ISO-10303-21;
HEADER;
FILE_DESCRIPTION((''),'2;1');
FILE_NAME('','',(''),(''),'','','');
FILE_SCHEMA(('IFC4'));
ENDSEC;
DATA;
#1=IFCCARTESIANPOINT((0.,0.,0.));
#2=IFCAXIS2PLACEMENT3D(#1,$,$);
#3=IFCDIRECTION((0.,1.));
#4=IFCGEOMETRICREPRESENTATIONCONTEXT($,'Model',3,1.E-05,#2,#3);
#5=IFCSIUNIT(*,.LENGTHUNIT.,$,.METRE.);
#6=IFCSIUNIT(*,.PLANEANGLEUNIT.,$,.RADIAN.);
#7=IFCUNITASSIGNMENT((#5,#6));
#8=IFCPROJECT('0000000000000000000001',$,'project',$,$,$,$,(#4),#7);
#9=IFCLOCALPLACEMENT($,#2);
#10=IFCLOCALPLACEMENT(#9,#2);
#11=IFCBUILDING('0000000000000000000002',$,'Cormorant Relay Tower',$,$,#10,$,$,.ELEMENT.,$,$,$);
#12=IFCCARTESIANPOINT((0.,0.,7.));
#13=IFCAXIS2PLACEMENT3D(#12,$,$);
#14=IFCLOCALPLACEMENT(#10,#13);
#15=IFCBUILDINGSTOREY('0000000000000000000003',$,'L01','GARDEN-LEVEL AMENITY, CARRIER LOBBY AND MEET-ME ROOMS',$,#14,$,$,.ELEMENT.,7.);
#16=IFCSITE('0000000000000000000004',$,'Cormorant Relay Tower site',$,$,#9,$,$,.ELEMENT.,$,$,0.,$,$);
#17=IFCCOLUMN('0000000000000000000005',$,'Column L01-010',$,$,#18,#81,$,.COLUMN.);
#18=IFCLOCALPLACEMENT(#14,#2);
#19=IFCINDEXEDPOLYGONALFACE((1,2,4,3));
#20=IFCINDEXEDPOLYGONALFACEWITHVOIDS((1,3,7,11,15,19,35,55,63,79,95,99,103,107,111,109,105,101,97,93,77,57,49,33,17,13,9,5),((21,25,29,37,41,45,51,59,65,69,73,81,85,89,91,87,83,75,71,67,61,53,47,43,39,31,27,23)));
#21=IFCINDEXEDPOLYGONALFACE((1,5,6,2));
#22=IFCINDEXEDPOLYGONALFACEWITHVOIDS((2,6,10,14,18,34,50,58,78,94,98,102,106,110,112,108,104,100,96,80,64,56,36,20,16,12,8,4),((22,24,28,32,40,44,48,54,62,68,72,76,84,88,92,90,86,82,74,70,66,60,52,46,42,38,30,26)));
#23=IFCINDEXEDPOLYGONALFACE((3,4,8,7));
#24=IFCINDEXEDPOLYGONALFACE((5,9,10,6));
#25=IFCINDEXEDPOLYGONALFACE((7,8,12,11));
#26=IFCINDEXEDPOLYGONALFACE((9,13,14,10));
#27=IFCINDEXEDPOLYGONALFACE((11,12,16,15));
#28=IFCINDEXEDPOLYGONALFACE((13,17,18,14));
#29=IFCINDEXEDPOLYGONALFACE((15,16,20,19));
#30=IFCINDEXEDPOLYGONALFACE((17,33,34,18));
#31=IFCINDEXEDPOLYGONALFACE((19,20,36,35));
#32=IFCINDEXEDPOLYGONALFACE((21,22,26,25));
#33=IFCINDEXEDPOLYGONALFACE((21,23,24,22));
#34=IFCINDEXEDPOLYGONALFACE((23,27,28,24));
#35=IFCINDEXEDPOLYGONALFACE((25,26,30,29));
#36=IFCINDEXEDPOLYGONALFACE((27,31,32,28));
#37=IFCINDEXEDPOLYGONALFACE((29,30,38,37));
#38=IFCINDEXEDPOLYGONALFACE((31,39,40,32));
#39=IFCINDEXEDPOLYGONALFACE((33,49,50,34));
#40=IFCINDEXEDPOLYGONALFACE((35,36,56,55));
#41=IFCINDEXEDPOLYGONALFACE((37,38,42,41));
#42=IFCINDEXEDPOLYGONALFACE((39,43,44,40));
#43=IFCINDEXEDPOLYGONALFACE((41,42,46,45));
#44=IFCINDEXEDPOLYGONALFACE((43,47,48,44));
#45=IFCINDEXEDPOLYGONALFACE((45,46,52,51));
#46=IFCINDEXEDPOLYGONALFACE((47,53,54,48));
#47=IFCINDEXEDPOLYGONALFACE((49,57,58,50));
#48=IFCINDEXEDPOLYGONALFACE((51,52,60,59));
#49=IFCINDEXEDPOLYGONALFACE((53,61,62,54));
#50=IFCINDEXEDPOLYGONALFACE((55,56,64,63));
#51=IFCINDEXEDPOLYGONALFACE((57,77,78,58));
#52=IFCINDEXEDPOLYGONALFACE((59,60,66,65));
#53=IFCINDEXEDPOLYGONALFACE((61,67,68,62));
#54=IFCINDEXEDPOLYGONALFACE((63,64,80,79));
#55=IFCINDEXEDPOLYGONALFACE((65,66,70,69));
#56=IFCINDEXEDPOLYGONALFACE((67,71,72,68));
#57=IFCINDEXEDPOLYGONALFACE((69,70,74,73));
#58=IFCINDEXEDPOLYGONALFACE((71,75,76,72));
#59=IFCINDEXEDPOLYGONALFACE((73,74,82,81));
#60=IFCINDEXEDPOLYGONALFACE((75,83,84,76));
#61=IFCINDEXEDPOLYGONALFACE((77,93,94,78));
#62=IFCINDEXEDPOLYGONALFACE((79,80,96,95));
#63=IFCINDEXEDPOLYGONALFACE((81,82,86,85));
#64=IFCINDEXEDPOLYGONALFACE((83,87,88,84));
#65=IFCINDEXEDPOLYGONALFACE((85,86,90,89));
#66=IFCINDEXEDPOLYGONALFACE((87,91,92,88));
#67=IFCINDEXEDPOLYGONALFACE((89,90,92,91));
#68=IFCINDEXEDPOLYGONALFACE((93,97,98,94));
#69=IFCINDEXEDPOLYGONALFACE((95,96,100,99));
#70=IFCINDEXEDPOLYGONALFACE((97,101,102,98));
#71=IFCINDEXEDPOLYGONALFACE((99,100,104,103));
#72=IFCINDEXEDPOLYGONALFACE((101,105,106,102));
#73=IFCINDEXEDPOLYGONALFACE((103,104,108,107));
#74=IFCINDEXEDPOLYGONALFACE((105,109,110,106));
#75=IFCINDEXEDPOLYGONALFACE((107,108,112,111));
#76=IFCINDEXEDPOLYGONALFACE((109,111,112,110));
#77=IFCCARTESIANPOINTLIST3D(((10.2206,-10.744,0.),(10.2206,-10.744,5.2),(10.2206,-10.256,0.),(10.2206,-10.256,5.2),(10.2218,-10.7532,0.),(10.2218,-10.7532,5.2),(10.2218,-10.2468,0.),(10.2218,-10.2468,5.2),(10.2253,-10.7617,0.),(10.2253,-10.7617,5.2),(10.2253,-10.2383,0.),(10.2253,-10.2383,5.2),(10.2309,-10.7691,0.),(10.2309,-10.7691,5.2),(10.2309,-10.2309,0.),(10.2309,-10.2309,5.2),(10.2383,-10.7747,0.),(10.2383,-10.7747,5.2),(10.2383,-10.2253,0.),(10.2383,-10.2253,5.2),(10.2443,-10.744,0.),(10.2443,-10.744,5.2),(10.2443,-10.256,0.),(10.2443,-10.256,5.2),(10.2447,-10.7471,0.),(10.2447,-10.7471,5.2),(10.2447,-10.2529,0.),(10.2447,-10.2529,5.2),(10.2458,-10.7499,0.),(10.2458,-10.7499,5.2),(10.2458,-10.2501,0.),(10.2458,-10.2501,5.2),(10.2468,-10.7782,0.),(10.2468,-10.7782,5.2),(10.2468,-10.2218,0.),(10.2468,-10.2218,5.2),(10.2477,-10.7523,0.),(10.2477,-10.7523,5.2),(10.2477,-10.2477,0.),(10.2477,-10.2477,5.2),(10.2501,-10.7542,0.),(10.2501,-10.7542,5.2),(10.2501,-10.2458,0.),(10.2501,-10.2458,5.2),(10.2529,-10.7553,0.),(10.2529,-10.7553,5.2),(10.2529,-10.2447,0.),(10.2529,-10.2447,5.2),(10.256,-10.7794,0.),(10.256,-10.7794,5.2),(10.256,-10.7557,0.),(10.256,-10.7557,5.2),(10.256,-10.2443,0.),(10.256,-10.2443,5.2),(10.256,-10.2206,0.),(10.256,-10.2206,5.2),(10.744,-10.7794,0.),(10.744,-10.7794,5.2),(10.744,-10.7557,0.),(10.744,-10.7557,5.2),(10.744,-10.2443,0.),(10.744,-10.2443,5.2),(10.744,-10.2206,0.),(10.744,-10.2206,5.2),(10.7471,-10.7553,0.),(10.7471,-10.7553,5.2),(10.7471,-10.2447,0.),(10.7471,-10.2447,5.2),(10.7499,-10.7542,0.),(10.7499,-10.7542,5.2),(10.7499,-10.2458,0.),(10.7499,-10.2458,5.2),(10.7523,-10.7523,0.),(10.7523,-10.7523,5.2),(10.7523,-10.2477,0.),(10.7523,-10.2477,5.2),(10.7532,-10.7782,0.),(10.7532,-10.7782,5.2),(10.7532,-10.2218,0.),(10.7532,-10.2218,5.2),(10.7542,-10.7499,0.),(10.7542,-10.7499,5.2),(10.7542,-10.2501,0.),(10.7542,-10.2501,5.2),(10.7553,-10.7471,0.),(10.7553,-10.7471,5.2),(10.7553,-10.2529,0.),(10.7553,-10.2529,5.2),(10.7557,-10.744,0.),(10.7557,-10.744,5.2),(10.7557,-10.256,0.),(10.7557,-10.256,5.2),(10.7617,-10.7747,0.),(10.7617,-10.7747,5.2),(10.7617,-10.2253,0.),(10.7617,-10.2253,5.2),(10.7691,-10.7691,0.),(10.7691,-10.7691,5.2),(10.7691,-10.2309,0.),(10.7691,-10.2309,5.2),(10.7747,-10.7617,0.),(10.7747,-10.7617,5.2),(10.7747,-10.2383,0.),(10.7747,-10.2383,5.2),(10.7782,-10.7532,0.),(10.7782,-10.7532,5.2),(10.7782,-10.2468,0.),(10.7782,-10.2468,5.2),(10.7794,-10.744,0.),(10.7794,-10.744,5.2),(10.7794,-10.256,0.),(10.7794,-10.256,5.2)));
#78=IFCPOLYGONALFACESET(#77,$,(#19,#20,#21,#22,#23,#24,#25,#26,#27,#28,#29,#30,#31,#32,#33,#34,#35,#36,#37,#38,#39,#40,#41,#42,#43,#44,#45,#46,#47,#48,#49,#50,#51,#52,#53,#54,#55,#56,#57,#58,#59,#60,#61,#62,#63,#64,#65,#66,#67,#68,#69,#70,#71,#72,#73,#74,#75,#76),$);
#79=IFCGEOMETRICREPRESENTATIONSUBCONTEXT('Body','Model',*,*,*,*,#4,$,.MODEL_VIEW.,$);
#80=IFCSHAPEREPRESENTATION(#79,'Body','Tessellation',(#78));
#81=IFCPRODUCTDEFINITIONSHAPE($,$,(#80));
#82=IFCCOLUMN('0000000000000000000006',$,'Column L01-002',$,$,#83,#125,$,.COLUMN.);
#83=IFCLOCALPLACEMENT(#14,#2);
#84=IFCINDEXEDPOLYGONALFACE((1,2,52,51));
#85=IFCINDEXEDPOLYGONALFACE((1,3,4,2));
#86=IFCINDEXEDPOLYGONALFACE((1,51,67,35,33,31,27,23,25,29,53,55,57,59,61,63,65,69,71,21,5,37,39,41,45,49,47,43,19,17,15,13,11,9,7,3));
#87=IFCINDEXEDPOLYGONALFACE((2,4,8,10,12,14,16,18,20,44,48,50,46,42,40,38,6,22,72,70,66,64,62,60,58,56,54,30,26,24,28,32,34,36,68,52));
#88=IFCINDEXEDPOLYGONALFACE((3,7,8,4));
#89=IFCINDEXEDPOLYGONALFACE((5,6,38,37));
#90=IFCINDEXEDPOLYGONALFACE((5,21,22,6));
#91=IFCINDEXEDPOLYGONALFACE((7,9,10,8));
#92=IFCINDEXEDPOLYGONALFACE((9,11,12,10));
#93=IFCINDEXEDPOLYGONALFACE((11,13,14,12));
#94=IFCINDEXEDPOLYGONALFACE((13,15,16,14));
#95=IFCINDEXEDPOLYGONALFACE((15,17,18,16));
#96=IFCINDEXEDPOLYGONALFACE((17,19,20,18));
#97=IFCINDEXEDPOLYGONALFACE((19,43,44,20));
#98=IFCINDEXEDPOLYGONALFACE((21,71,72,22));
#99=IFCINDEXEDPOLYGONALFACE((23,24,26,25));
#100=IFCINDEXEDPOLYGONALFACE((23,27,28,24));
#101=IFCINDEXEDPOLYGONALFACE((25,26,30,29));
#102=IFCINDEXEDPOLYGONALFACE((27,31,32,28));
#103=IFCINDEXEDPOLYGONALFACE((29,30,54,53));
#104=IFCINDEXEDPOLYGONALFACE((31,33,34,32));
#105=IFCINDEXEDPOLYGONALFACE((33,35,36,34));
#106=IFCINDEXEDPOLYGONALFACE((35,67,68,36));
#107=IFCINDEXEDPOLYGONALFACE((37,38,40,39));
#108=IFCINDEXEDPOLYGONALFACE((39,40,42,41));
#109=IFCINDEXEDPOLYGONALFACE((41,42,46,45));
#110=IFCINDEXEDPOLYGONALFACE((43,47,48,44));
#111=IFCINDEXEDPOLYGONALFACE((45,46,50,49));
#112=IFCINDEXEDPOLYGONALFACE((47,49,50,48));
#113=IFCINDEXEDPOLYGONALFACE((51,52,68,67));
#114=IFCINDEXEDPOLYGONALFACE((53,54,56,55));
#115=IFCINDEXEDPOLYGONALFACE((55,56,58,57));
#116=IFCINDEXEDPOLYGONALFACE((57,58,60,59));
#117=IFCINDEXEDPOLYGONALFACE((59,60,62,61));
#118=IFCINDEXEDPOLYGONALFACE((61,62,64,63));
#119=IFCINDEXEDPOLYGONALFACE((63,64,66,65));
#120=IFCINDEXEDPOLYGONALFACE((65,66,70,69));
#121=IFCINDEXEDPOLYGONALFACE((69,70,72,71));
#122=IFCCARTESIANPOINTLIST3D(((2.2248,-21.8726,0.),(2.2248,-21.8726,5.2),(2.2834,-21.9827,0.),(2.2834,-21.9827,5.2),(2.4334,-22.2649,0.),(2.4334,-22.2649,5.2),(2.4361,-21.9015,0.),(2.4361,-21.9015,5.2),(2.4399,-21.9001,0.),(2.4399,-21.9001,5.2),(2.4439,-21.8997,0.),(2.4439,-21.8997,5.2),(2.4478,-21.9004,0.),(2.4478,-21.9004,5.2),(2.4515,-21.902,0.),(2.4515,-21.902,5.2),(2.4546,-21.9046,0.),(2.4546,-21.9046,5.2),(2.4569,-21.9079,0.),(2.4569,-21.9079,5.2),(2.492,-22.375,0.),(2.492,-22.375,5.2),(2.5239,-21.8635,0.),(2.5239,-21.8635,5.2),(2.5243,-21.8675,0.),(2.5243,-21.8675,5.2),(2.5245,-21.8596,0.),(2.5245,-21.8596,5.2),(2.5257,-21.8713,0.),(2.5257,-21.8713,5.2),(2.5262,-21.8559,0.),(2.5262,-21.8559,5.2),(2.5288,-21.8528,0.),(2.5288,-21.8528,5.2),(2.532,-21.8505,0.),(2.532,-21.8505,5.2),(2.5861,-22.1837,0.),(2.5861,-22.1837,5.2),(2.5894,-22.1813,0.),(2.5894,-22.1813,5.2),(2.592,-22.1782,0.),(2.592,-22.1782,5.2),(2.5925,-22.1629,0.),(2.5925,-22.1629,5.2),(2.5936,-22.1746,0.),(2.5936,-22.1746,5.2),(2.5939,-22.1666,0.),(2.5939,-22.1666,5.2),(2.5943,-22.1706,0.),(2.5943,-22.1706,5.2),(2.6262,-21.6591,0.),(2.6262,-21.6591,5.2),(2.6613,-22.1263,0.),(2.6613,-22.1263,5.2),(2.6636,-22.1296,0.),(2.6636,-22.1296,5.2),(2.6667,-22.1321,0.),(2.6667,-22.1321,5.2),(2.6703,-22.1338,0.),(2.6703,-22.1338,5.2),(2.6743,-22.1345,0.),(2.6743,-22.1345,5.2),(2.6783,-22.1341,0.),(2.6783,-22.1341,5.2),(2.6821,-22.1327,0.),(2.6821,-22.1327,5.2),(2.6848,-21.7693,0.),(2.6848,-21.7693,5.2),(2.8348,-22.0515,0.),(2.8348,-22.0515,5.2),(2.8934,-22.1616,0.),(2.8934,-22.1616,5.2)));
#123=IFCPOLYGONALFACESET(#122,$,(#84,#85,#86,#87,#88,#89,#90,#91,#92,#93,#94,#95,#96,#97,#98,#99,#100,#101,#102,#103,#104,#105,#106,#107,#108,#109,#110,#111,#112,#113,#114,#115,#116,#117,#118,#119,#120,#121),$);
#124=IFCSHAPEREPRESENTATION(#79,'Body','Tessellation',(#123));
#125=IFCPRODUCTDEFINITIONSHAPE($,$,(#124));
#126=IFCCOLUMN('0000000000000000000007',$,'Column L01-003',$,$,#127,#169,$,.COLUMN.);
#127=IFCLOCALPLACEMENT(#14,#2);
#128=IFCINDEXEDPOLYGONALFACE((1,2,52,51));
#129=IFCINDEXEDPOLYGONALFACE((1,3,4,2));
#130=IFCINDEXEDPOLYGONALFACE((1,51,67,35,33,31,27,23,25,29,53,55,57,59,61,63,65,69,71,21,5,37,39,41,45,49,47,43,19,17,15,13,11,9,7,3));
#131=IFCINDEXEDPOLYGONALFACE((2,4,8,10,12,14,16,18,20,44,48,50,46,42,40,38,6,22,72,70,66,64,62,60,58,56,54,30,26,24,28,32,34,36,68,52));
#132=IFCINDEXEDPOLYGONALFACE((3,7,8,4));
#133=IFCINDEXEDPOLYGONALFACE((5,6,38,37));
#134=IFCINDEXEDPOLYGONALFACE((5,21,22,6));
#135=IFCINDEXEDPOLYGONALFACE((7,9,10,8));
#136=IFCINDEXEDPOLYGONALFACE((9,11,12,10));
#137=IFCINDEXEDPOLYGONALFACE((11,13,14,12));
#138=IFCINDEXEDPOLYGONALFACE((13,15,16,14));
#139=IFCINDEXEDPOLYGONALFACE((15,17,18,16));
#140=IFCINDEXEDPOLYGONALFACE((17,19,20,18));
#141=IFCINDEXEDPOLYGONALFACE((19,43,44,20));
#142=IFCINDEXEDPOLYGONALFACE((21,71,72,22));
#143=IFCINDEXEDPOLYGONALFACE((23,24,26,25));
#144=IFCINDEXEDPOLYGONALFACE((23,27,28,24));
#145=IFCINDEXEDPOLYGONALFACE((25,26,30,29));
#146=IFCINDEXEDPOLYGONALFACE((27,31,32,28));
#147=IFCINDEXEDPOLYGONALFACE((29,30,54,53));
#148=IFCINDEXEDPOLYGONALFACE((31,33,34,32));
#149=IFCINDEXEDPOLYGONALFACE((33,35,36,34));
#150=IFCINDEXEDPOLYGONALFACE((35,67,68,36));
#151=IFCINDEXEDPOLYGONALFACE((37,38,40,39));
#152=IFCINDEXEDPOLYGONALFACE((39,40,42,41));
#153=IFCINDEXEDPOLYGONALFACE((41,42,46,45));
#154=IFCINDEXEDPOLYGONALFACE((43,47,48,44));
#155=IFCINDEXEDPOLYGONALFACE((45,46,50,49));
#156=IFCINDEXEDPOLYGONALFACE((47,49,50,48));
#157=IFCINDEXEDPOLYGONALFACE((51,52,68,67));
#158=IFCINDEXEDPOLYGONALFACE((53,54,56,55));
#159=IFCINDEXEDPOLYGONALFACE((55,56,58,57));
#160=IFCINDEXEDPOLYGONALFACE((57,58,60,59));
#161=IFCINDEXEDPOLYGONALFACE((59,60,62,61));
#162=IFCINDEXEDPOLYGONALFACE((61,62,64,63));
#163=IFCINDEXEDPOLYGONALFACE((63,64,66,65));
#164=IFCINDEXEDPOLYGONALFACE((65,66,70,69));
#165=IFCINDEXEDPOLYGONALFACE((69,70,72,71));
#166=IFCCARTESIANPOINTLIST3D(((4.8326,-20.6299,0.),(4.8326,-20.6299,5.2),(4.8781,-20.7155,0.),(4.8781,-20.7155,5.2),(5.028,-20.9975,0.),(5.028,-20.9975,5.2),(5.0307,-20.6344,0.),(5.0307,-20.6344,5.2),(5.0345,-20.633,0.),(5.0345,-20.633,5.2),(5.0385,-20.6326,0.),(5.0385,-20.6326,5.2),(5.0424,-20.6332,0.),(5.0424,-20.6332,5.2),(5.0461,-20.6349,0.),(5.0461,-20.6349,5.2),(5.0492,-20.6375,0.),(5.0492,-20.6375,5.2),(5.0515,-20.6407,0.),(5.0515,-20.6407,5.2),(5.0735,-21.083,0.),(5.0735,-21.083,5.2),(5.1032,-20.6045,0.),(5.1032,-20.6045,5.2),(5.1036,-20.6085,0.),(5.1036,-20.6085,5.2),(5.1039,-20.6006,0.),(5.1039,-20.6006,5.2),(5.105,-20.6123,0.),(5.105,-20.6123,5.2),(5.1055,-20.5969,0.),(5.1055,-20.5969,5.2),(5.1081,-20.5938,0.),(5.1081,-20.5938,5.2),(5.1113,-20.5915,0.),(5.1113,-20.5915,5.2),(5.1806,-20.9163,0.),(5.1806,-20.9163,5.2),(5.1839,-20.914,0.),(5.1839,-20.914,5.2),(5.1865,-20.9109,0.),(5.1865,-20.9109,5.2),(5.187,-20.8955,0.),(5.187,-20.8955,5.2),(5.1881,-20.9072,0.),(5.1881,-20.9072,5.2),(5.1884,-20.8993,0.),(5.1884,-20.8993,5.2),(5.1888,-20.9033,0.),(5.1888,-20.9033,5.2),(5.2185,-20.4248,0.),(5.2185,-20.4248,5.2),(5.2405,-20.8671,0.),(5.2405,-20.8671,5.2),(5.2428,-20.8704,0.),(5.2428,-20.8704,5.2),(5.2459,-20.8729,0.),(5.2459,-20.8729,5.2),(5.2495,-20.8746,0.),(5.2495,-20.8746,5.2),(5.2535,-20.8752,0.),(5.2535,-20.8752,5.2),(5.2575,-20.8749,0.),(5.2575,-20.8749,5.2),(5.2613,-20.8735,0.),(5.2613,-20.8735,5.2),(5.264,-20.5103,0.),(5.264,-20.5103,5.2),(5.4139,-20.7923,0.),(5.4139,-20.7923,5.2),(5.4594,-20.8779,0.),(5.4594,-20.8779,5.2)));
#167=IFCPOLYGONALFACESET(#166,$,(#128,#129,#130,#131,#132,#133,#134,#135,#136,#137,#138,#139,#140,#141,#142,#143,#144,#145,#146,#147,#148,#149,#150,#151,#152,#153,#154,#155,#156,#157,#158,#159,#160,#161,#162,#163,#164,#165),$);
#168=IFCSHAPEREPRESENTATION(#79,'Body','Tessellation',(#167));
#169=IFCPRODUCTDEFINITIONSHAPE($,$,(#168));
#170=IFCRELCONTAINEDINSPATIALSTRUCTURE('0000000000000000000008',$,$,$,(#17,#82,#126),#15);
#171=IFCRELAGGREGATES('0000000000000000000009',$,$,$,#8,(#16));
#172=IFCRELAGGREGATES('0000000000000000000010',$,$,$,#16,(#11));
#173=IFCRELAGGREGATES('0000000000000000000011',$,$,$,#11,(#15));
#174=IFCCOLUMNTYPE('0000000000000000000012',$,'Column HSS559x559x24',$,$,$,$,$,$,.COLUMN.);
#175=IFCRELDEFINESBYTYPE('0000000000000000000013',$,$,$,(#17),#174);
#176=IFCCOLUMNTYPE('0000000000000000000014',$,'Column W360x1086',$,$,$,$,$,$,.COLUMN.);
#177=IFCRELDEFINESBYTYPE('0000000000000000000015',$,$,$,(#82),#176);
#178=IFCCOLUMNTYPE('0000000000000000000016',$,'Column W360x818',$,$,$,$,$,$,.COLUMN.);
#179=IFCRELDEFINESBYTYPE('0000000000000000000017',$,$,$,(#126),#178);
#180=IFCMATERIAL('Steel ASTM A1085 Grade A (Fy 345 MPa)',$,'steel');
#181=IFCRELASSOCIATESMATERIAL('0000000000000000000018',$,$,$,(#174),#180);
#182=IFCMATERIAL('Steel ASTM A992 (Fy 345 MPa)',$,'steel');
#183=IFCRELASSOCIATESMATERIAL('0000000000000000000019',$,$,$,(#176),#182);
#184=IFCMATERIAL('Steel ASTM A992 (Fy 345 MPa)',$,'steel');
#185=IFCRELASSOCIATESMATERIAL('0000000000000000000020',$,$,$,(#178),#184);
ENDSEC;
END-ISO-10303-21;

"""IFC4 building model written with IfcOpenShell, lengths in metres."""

from ifc_helpers import new_model, si_unit, direction, frame, origin, origin_2d, place, context, subcontext, project, spatial, hollow_rectangle, i_section, extrude, material, material_profile, profile_set, type_object, element, save


model = new_model("IFC4")

# Units and contexts
model_context = context("Model", 3, precision=1e-05, world=origin(), true_north=direction((0.0, 1.0)))
body_context = subcontext(model_context, "Body", "Model", "MODEL_VIEW")
ifc_project = project(units=[si_unit("LENGTHUNIT", "METRE"), si_unit("PLANEANGLEUNIT", "RADIAN")], contexts=[model_context])

# Site, building, storey
site_placement = place(None, origin())
site = spatial("IfcSite", under=ifc_project, at=site_placement, Name="Cormorant Relay Tower site", CompositionType="ELEMENT", RefElevation=0.0)
building_placement = place(site_placement, origin())
building = spatial("IfcBuilding", under=site, at=building_placement, Name="Cormorant Relay Tower", CompositionType="ELEMENT")
storey_placement = place(building_placement, frame((0.0, 0.0, 7.0)))
storey = spatial("IfcBuildingStorey", under=building, at=storey_placement, Name="L01", Description="GARDEN-LEVEL AMENITY, CARRIER LOBBY AND MEET-ME ROOMS", CompositionType="ELEMENT", Elevation=7.0)

# Columns
ifc_material_1 = material(Name="Steel ASTM A1085 Grade A (Fy 345 MPa)", Category="steel")
ifc_material_profile_1 = material_profile(ifc_material_1, hollow_rectangle(XDim=0.5588, YDim=0.5588, WallThickness=0.0237, InnerFilletRadius=0.0117, OuterFilletRadius=0.0354, at=origin_2d()), Name="HSS559x559x24")
ifc_profile_set_1 = profile_set([ifc_material_profile_1], Name="Steel ASTM A1085 Grade A (Fy 345 MPa)")
column_type_1 = type_object("IfcColumnType", Name="Column HSS559x559x24", PredefinedType="COLUMN", material=ifc_profile_set_1)
column_1_placement = place(storey_placement, frame((10.5, -10.5, 0.0), z_axis=(0.0, 0.0, 1.0), x_axis=(1.0, 0.0, 0.0)))
element("IfcColumn", 1, at=column_1_placement, inside=storey, type_object=column_type_1, Name="Column L01-010", PredefinedType="COLUMN", context=body_context, shape_type="SweptSolid", body=[
    extrude(hollow_rectangle(XDim=0.5588, YDim=0.5588, WallThickness=0.0237, InnerFilletRadius=0.0117, OuterFilletRadius=0.0354, at=origin_2d()), origin(), (0.0, 0.0, 1.0), 5.2),
])
ifc_material_2 = material(Name="Steel ASTM A992 (Fy 345 MPa)", Category="steel")
ifc_material_profile_2 = material_profile(ifc_material_2, i_section(OverallWidth=0.4546, OverallDepth=0.5691, WebThickness=0.0779, FlangeThickness=0.1248, FilletRadius=0.0154, at=origin_2d()), Name="W360x1086")
ifc_profile_set_2 = profile_set([ifc_material_profile_2], Name="Steel ASTM A992 (Fy 345 MPa)")
column_type_2 = type_object("IfcColumnType", Name="Column W360x1086", PredefinedType="COLUMN", material=ifc_profile_set_2)
column_2_placement = place(storey_placement, frame((2.5591, -22.0171, 0.0), z_axis=(0.0, 0.0, 1.0), x_axis=(0.882948, 0.469472, 0.0)))
element("IfcColumn", 2, at=column_2_placement, inside=storey, type_object=column_type_2, Name="Column L01-002", PredefinedType="COLUMN", context=body_context, shape_type="SweptSolid", body=[
    extrude(i_section(OverallWidth=0.4546, OverallDepth=0.5691, WebThickness=0.0779, FlangeThickness=0.1248, FilletRadius=0.0154, at=origin_2d()), origin(), (0.0, 0.0, 1.0), 5.2),
])
ifc_material_3 = material(Name="Steel ASTM A992 (Fy 345 MPa)", Category="steel")
ifc_material_profile_3 = material_profile(ifc_material_3, i_section(OverallWidth=0.437, OverallDepth=0.5132, WebThickness=0.0605, FlangeThickness=0.0969, FilletRadius=0.0154, at=origin_2d()), Name="W360x818")
ifc_profile_set_3 = profile_set([ifc_material_profile_3], Name="Steel ASTM A992 (Fy 345 MPa)")
column_type_3 = type_object("IfcColumnType", Name="Column W360x818", PredefinedType="COLUMN", material=ifc_profile_set_3)
for number, where, z_axis, x_axis, name in (
    (3, (5.146, -20.7539, 0.0), (0.0, 0.0, 1.0), (0.882948, 0.469472, 0.0), "Column L01-003"),
):
    element("IfcColumn", number, at=place(storey_placement, frame(where, z_axis=z_axis, x_axis=x_axis)), inside=storey, type_object=column_type_3, Name=name, PredefinedType="COLUMN", context=body_context, shape_type="SweptSolid", body=[
        extrude(i_section(OverallWidth=0.437, OverallDepth=0.5132, WebThickness=0.0605, FlangeThickness=0.0969, FilletRadius=0.0154, at=origin_2d()), origin(), (0.0, 0.0, 1.0), 5.2),
    ])

save(model, "model.ifc")
